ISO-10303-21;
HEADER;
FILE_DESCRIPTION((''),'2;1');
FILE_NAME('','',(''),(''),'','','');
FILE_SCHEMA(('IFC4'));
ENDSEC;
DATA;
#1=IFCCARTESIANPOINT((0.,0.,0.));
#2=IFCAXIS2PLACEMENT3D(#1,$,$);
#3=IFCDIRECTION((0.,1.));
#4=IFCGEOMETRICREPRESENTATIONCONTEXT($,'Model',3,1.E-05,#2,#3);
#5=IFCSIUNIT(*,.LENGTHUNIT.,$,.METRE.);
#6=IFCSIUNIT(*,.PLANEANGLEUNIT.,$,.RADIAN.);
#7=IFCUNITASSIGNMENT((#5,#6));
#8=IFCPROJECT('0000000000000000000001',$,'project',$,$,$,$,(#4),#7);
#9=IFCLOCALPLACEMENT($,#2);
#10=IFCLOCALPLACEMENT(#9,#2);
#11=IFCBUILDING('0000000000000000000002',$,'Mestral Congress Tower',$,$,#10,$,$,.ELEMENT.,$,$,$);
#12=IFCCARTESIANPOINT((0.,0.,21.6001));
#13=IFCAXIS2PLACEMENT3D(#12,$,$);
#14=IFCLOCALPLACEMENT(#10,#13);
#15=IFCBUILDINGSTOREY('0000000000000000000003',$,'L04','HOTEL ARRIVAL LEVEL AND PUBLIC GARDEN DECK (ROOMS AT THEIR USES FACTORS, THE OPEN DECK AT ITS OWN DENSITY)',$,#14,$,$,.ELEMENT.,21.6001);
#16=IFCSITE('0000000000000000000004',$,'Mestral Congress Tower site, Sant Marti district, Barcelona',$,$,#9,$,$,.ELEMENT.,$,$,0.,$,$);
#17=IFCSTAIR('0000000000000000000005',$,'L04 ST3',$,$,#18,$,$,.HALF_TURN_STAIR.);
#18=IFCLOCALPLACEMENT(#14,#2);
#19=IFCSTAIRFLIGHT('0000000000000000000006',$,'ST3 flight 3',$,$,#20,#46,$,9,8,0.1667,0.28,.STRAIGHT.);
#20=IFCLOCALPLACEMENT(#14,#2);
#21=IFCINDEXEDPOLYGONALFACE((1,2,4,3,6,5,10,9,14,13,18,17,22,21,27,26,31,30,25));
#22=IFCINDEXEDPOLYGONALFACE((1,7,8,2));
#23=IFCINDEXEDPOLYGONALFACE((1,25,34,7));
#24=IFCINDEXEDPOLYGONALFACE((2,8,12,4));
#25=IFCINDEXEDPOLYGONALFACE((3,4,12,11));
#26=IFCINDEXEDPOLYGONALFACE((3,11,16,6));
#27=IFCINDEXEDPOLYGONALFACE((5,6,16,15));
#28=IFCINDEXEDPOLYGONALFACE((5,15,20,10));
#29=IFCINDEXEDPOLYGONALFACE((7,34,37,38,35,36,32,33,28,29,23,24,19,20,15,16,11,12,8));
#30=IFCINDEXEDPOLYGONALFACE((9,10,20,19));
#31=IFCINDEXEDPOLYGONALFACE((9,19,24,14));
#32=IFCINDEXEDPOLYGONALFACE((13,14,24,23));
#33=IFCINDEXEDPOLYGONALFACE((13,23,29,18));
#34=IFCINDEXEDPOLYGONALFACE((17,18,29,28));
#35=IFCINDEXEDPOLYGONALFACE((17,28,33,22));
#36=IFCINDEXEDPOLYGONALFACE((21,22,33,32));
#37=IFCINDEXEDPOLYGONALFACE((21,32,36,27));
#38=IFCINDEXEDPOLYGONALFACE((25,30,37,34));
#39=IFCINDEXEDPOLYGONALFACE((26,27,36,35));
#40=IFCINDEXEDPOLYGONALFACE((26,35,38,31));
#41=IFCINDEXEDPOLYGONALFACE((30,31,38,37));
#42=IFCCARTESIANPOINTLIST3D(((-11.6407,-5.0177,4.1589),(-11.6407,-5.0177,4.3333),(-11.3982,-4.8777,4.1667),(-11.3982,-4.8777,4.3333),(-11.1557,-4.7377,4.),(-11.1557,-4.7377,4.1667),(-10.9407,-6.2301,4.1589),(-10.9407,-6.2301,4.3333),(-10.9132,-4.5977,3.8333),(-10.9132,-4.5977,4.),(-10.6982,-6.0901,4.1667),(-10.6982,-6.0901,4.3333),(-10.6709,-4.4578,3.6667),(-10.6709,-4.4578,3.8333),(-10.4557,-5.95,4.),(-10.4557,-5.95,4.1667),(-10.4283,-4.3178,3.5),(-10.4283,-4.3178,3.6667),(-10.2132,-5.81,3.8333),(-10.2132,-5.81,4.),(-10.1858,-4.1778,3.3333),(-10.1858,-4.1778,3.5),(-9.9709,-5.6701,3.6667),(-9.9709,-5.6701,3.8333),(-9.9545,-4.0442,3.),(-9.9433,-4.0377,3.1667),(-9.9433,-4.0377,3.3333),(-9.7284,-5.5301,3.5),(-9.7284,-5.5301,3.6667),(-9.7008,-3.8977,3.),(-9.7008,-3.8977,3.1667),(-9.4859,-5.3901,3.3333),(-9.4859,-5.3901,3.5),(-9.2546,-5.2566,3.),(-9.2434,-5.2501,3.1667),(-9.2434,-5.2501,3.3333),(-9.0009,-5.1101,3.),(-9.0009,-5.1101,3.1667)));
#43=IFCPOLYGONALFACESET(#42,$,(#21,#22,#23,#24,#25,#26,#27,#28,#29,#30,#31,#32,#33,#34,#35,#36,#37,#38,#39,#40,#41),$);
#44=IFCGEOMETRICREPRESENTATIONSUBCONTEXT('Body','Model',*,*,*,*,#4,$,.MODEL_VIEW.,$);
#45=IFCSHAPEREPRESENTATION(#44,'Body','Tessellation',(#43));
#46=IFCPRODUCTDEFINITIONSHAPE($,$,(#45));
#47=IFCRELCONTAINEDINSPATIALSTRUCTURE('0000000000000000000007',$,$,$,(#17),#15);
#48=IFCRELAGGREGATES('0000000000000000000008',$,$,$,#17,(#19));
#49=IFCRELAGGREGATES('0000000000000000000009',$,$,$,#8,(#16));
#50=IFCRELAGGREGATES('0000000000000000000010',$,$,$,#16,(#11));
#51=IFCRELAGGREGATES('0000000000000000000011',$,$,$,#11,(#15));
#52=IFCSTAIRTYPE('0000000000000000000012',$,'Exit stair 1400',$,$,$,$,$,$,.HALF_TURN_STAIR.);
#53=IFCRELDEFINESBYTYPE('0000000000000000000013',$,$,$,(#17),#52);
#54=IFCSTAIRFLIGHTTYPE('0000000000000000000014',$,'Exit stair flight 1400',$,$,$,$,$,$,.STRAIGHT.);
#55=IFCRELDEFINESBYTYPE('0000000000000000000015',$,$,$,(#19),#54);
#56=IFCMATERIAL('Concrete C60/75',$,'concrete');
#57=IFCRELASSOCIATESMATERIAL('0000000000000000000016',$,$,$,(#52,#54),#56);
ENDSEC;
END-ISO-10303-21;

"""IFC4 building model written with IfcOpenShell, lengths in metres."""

from ifc_helpers import new_model, si_unit, direction, frame, origin, place, context, subcontext, project, spatial, polyline, outline, extrude, material, type_object, element, aggregate, save


model = new_model("IFC4")

# Units and contexts
model_context = context("Model", 3, precision=1e-05, world=origin(), true_north=direction((0.0, 1.0)))
body_context = subcontext(model_context, "Body", "Model", "MODEL_VIEW")
ifc_project = project(units=[si_unit("LENGTHUNIT", "METRE"), si_unit("PLANEANGLEUNIT", "RADIAN")], contexts=[model_context])

# Site, building, storey
site_placement = place(None, origin())
site = spatial("IfcSite", under=ifc_project, at=site_placement, Name="Mestral Congress Tower site, Sant Marti district, Barcelona", CompositionType="ELEMENT", RefElevation=0.0)
building_placement = place(site_placement, origin())
building = spatial("IfcBuilding", under=site, at=building_placement, Name="Mestral Congress Tower", CompositionType="ELEMENT")
storey_placement = place(building_placement, frame((0.0, 0.0, 21.6001)))
storey = spatial("IfcBuildingStorey", under=building, at=storey_placement, Name="L04", Description="HOTEL ARRIVAL LEVEL AND PUBLIC GARDEN DECK (ROOMS AT THEIR USES FACTORS, THE OPEN DECK AT ITS OWN DENSITY)", CompositionType="ELEMENT", Elevation=21.6001)

# Shared definitions
ifc_material_1 = material(Name="Concrete C60/75", Category="concrete")

# Stair, stair flight
stair_type = type_object("IfcStairType", Name="Exit stair 1400", PredefinedType="HALF_TURN_STAIR", material=ifc_material_1)
stair_placement = place(storey_placement, origin())
stair = element("IfcStair", 1, at=stair_placement, inside=storey, type_object=stair_type, Name="L04 ST3", PredefinedType="HALF_TURN_STAIR")
stair_flight_type = type_object("IfcStairFlightType", Name="Exit stair flight 1400", PredefinedType="STRAIGHT", material=ifc_material_1)
stair_flight_1_placement = place(storey_placement, frame((-9.3508, -4.5039, 3.0), z_axis=(0.0, 0.0, 1.0), x_axis=(-0.866025, -0.5, 0.0)))
stair_flight_1 = element("IfcStairFlight", 2, at=stair_flight_1_placement, type_object=stair_flight_type, Name="ST3 flight 3", NumberOfRisers=9, NumberOfTreads=8, PredefinedType="STRAIGHT", RiserHeight=0.1667, TreadLength=0.28, context=body_context, shape_type="SweptSolid", body=[
    extrude(outline(polyline([(0.0, 0.0), (0.0, 0.1667), (0.28, 0.1667), (0.28, 0.3333), (0.5601, 0.3333), (0.5601, 0.5), (0.8401, 0.5), (0.8401, 0.6667), (1.1201, 0.6667), (1.1201, 0.8333), (1.3999, 0.8333), (1.3999, 1.0), (1.6799, 1.0), (1.6799, 1.1667), (1.96, 1.1667), (1.96, 1.3333), (2.24, 1.3333), (2.24, 1.5), (2.24, 1.1589), (0.293, 0.0), (0.0, 0.0)])), frame((0.0, 0.7, 0.0), z_axis=(0.0, -1.0, 0.0), x_axis=(1.0, 0.0, 0.0)), (0.0, 0.0, 1.0), 1.3999),
])
aggregate(stair, [stair_flight_1])

save(model, "model.ifc")
